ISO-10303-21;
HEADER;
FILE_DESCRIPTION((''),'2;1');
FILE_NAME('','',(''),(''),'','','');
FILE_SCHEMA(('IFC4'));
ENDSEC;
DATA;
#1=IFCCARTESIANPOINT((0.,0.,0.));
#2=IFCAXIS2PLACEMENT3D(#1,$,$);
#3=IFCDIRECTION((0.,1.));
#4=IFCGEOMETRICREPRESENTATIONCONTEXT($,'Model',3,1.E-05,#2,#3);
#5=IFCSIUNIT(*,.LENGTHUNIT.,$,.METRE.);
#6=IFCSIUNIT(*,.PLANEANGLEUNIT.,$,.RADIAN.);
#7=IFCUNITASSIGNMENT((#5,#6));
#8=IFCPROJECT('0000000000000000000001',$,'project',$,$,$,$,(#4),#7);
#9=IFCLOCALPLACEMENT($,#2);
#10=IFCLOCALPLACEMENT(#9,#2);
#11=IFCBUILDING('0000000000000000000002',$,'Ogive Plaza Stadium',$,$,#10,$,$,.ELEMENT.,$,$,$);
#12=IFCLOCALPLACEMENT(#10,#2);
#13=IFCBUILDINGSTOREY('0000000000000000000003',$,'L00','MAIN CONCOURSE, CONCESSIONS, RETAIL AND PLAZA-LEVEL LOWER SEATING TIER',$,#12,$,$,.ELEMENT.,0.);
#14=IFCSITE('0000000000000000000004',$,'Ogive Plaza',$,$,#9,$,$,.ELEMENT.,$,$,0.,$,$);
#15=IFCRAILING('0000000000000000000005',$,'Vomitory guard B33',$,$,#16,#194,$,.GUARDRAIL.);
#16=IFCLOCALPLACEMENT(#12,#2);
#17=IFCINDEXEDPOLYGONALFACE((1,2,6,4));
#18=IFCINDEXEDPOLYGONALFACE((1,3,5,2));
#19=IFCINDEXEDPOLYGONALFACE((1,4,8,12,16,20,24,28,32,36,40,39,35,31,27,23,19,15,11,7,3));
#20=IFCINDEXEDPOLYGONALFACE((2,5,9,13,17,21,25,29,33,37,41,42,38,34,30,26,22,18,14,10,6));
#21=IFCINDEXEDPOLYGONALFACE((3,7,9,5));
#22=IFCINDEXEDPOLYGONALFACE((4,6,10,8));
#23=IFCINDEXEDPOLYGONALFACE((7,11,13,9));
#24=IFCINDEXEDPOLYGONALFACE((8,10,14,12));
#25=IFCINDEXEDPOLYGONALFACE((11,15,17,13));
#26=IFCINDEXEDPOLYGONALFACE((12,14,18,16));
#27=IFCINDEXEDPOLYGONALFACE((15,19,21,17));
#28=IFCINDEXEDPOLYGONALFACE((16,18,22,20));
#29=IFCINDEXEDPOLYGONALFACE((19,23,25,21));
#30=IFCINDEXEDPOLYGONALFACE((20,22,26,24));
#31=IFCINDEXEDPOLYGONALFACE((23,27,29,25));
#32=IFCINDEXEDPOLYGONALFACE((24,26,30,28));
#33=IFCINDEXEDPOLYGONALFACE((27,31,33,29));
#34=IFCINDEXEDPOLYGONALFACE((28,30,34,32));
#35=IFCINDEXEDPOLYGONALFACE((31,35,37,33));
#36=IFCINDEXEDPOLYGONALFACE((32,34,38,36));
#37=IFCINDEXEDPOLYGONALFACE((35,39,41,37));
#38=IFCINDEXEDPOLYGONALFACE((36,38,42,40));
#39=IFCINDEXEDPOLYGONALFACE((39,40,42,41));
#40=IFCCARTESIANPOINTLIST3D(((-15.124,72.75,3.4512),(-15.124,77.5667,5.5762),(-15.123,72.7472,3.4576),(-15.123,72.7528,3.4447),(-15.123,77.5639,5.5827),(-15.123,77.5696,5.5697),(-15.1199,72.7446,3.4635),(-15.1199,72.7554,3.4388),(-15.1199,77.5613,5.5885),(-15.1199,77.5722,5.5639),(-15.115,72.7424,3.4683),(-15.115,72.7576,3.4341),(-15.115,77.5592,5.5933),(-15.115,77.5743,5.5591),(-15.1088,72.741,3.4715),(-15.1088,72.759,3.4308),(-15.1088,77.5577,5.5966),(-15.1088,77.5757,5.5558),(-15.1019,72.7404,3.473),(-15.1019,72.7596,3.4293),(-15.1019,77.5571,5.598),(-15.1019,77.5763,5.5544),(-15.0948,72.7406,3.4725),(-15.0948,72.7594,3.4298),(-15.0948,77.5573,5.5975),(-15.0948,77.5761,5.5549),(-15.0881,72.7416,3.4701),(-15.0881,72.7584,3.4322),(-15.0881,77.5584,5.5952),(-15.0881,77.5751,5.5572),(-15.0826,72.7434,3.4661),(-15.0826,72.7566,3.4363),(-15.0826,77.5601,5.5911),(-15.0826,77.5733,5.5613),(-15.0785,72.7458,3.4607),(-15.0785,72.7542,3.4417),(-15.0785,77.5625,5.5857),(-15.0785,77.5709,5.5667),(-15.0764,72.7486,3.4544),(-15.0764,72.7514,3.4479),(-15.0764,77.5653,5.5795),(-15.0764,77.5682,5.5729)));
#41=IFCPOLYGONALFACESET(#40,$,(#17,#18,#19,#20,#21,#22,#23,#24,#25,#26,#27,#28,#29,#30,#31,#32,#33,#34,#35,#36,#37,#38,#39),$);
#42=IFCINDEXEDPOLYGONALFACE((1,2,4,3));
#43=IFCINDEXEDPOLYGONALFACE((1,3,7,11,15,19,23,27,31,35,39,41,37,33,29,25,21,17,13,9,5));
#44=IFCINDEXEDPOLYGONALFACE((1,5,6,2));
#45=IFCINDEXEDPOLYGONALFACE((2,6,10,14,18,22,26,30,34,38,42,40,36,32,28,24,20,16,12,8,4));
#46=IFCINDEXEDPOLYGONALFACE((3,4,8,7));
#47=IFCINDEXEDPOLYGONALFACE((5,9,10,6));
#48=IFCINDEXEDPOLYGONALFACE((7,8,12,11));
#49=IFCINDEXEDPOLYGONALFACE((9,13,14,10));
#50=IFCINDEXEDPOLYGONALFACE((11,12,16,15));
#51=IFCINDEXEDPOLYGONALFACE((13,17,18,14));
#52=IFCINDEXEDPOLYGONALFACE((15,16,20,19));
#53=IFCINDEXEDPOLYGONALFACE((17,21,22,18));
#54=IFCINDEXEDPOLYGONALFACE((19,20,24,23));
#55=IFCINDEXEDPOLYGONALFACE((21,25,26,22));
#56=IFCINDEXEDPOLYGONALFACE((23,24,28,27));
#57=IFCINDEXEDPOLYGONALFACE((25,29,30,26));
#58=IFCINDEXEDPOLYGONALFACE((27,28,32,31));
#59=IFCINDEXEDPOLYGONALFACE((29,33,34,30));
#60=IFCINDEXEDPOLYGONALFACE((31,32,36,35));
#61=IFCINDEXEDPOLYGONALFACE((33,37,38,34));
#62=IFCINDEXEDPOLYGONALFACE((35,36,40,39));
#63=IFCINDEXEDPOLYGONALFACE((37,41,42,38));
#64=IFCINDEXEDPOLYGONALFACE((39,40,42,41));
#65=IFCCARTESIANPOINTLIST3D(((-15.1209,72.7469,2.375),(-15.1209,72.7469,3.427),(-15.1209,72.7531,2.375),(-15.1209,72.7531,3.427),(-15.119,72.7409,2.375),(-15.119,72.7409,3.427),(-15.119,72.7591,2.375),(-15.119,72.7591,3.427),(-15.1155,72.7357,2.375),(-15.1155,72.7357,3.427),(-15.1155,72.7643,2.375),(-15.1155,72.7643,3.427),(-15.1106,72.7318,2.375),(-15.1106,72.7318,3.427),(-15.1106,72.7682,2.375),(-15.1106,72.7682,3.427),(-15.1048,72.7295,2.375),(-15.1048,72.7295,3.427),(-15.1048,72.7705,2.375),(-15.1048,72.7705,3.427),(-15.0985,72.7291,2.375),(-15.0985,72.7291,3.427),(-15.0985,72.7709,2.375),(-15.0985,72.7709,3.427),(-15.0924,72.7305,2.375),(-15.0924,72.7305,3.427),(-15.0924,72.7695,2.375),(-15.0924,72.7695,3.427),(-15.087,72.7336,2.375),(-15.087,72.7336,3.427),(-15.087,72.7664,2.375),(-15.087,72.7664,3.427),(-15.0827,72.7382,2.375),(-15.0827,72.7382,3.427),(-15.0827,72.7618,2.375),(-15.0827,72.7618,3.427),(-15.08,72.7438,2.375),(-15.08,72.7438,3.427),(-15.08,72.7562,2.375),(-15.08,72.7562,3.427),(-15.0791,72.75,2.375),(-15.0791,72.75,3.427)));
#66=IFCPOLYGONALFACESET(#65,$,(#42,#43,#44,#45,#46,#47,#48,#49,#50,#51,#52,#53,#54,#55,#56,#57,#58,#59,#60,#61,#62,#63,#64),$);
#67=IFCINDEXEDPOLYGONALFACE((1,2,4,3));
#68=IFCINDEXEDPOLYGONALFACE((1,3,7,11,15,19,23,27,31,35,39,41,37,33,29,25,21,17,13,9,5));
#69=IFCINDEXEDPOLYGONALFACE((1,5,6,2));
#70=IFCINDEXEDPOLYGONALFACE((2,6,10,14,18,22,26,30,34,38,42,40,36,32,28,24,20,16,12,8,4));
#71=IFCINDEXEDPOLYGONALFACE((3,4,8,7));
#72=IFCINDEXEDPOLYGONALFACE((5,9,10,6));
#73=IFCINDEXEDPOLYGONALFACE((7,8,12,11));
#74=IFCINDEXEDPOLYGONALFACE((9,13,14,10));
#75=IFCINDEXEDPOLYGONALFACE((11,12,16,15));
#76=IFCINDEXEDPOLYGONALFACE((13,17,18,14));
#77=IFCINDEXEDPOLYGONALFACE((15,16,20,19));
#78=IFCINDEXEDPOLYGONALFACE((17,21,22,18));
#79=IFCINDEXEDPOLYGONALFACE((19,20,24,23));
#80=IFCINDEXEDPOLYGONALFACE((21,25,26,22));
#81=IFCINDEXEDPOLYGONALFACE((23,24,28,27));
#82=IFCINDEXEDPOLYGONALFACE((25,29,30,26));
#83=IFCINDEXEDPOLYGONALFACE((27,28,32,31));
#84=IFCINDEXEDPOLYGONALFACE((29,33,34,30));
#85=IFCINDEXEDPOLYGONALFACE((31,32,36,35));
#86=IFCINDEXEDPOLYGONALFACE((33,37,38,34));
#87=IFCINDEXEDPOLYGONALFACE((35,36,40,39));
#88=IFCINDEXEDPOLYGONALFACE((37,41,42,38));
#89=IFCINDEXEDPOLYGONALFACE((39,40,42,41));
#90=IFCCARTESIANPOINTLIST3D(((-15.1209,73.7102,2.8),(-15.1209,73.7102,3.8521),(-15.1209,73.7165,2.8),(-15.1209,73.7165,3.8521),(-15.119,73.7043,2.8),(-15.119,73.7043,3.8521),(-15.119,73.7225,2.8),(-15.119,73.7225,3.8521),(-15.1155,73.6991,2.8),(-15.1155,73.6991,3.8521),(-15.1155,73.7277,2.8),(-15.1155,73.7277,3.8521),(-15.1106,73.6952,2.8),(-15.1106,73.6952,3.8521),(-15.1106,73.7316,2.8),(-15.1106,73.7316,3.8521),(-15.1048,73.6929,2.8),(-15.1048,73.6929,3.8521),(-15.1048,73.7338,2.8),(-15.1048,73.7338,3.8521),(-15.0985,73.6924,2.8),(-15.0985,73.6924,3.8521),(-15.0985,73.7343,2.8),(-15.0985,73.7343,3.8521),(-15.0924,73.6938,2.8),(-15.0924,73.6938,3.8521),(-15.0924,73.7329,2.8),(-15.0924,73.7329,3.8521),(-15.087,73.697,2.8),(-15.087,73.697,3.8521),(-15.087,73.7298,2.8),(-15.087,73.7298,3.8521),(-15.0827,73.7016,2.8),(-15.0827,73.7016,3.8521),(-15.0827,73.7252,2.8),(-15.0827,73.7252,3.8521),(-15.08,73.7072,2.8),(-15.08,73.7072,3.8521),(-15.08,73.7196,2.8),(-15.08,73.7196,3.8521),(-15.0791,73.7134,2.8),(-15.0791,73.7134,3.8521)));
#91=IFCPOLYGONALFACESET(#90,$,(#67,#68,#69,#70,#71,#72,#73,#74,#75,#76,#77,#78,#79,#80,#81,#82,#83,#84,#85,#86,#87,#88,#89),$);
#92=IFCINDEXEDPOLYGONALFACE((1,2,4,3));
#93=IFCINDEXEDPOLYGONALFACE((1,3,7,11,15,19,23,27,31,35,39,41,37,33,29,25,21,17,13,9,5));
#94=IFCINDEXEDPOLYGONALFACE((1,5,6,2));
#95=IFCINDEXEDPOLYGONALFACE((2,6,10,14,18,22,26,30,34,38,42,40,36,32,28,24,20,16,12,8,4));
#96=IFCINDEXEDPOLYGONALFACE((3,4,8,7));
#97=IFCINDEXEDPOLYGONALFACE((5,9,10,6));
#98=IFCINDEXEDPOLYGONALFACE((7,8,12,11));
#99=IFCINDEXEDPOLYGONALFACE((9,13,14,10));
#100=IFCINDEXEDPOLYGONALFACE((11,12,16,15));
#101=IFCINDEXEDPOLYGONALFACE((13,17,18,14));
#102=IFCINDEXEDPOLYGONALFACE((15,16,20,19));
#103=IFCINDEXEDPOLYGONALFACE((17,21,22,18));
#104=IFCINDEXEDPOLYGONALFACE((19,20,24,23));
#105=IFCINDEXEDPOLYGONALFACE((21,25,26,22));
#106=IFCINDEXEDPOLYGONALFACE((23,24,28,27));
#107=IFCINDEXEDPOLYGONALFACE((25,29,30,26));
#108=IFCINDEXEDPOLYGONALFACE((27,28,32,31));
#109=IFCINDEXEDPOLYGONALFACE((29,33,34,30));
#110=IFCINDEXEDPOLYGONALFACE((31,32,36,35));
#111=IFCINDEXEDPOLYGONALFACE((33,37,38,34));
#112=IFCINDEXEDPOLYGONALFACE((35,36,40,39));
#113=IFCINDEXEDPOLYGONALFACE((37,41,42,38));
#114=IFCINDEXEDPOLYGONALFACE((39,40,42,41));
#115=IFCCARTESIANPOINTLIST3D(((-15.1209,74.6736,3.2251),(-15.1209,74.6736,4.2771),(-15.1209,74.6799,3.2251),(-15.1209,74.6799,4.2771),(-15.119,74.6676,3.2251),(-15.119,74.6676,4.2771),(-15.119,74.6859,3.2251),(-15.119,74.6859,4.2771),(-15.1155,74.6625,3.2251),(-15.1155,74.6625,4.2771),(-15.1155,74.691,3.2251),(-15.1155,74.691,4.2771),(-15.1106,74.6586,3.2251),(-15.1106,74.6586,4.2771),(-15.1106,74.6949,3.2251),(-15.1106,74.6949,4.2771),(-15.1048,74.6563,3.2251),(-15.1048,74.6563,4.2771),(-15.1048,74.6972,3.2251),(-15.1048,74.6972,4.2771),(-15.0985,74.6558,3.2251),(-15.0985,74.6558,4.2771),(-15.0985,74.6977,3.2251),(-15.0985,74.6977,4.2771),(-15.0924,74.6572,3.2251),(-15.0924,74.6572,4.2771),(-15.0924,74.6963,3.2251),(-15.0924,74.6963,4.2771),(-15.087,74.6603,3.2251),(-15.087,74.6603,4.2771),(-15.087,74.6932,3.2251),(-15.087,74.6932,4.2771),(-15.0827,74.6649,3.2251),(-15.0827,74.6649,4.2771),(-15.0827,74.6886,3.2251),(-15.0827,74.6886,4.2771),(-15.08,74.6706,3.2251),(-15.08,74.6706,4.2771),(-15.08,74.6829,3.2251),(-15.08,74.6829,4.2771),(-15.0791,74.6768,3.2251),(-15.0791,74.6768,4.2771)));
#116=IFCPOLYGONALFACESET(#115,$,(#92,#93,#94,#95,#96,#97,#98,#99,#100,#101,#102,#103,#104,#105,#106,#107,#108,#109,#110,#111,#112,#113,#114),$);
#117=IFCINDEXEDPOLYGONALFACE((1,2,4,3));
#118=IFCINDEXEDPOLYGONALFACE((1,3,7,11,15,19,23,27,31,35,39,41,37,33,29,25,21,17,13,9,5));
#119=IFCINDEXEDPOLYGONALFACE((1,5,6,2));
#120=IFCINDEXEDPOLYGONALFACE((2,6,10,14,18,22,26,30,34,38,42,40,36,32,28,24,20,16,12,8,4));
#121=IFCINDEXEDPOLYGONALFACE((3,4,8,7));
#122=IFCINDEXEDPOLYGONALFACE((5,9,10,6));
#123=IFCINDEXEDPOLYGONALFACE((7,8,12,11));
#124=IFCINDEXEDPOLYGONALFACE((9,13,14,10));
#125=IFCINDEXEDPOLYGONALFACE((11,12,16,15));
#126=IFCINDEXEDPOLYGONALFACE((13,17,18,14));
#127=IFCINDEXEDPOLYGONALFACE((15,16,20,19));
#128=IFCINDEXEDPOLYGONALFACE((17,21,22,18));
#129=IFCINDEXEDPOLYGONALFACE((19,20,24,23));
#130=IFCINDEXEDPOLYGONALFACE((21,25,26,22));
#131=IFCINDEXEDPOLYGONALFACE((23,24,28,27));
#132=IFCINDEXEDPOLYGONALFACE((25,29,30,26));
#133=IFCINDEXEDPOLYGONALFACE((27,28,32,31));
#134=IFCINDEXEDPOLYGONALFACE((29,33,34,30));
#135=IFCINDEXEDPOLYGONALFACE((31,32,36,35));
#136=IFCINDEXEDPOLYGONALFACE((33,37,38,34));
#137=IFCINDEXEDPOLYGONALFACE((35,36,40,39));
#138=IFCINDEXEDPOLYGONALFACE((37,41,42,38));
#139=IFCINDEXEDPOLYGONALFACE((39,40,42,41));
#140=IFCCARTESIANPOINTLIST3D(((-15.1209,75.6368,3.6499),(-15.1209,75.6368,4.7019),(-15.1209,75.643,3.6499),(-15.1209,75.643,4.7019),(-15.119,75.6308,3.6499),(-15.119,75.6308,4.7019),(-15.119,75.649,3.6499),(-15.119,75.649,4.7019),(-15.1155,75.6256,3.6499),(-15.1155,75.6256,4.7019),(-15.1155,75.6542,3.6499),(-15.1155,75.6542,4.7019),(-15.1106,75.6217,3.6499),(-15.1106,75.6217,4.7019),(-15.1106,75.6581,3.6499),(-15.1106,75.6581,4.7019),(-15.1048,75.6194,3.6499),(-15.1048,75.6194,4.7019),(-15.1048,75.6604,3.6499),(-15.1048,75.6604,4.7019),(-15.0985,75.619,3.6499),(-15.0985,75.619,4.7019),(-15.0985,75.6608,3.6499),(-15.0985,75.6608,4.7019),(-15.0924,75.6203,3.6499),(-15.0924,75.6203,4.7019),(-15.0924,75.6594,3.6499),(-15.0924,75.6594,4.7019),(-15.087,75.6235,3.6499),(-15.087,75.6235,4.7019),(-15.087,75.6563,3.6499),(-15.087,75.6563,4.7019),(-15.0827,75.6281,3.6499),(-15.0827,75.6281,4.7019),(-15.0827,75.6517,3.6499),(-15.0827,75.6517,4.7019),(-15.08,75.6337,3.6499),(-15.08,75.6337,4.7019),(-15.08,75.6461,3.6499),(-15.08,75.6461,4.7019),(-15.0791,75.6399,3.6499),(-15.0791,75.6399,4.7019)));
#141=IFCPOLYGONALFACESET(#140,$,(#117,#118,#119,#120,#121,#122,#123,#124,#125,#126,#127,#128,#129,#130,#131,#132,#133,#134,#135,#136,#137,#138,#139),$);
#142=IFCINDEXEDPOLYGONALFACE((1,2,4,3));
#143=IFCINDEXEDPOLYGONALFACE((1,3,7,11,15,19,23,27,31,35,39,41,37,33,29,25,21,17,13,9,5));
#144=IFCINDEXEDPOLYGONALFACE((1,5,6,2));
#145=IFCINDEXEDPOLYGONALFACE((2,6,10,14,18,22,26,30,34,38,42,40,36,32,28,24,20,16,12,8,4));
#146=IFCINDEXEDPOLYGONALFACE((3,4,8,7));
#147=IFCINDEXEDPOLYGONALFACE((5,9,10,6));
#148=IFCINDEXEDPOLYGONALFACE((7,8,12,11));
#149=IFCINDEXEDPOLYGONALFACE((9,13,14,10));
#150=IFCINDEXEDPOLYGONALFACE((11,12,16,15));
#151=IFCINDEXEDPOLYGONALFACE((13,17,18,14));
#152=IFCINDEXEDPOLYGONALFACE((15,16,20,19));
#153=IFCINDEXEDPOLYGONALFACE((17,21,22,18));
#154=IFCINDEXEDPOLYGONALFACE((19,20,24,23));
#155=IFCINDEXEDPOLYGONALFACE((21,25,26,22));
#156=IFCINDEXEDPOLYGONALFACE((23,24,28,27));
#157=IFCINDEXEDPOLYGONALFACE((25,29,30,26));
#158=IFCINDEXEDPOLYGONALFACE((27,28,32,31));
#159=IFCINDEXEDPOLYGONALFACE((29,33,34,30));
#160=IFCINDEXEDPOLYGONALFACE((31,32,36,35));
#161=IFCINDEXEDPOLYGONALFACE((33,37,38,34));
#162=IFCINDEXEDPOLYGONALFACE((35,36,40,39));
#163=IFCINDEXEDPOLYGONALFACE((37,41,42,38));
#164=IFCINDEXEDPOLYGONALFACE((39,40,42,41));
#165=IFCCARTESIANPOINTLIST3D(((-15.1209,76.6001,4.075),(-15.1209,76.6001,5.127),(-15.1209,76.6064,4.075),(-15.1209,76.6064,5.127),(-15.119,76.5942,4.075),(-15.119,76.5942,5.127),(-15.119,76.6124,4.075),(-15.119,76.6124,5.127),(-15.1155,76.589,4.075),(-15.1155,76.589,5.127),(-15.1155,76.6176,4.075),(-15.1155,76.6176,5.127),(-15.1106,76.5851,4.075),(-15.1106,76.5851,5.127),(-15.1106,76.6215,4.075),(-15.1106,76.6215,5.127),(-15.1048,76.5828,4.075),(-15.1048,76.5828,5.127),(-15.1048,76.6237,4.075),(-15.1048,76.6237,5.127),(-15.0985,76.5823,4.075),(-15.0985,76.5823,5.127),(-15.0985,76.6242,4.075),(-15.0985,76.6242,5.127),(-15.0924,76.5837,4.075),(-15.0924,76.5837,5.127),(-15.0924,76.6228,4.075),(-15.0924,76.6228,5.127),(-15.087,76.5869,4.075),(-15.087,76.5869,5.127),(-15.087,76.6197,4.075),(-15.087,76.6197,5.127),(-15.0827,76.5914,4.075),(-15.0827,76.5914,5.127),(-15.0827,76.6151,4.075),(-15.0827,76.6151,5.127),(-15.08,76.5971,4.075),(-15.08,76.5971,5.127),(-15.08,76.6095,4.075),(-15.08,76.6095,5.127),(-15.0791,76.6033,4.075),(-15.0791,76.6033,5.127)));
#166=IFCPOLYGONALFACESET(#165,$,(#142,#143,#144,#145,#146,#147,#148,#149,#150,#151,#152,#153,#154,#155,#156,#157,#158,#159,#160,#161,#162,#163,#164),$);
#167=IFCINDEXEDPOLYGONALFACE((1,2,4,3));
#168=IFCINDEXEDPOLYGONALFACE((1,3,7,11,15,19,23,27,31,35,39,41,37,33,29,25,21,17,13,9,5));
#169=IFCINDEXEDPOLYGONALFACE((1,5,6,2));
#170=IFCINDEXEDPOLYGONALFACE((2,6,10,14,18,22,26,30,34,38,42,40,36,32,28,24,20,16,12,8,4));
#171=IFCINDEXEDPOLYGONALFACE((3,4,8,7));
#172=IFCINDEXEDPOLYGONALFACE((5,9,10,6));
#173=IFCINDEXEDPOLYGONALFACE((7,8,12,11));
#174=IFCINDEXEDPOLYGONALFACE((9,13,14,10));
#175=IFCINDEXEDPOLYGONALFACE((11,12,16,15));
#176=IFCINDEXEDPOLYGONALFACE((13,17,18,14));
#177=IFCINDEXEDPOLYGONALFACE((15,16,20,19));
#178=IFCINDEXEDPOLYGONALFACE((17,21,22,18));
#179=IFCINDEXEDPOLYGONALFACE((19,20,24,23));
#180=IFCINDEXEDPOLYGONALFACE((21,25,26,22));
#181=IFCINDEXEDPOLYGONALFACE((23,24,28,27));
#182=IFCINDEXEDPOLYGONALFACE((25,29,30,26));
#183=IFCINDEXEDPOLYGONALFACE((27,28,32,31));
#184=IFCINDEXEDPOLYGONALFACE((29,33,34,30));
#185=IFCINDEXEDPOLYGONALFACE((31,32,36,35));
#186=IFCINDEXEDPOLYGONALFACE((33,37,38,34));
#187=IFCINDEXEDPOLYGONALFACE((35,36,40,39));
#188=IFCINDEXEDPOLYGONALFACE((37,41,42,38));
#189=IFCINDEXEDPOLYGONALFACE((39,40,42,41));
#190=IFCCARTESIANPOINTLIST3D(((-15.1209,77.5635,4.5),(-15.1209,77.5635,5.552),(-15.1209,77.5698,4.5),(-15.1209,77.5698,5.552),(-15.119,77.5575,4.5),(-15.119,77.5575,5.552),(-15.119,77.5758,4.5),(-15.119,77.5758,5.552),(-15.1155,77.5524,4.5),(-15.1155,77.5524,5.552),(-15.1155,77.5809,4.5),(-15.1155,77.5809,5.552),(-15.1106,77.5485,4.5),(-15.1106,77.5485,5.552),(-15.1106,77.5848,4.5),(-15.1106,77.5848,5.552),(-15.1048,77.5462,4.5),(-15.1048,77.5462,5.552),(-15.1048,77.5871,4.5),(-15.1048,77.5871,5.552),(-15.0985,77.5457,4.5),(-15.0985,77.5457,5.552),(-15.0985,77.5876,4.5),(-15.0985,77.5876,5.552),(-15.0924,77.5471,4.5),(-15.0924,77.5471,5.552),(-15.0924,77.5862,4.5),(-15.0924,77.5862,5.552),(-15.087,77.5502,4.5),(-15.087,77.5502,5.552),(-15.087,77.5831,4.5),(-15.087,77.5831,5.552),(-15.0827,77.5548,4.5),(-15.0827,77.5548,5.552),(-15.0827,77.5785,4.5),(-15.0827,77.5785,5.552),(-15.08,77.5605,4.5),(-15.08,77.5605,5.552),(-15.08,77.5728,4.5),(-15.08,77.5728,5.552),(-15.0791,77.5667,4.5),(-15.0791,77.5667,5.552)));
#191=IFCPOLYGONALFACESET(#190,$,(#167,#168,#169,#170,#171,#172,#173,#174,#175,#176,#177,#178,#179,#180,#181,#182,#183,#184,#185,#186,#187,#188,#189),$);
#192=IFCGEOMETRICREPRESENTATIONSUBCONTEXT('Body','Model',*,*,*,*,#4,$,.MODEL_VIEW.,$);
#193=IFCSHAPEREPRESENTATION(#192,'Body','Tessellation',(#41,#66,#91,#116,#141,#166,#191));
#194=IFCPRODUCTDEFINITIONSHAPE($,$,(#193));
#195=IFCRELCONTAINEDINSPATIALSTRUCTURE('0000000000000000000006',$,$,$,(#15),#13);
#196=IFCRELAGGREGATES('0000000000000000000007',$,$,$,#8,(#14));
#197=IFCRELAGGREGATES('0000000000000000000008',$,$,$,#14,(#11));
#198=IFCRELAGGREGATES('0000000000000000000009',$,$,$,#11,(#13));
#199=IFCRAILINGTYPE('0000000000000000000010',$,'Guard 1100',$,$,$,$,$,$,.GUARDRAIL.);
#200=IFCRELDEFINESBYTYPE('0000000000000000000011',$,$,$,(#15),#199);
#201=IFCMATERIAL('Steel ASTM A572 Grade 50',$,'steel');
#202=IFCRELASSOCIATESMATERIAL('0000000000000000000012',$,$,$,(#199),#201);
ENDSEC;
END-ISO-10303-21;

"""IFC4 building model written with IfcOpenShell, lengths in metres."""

from ifc_helpers import new_model, si_unit, direction, frame, origin, origin_2d, place, context, subcontext, project, spatial, circle, extrude, material, type_object, element, save


model = new_model("IFC4")

# Units and contexts
model_context = context("Model", 3, precision=1e-05, world=origin(), true_north=direction((0.0, 1.0)))
body_context = subcontext(model_context, "Body", "Model", "MODEL_VIEW")
ifc_project = project(units=[si_unit("LENGTHUNIT", "METRE"), si_unit("PLANEANGLEUNIT", "RADIAN")], contexts=[model_context])

# Site, building, storey
site_placement = place(None, origin())
site = spatial("IfcSite", under=ifc_project, at=site_placement, Name="Ogive Plaza", CompositionType="ELEMENT", RefElevation=0.0)
building_placement = place(site_placement, origin())
building = spatial("IfcBuilding", under=site, at=building_placement, Name="Ogive Plaza Stadium", CompositionType="ELEMENT")
storey_placement = place(building_placement, origin())
storey = spatial("IfcBuildingStorey", under=building, at=storey_placement, Name="L00", Description="MAIN CONCOURSE, CONCESSIONS, RETAIL AND PLAZA-LEVEL LOWER SEATING TIER", CompositionType="ELEMENT", Elevation=0.0)

# Railing
ifc_material_1 = material(Name="Steel ASTM A572 Grade 50", Category="steel")
railing_type = type_object("IfcRailingType", Name="Guard 1100", PredefinedType="GUARDRAIL", material=ifc_material_1)
for number, where, name in (
    (1, (-15.1001, 72.75, 2.375), "Vomitory guard B33"),
):
    element("IfcRailing", number, at=place(storey_placement, frame(where)), inside=storey, type_object=railing_type, Name=name, PredefinedType="GUARDRAIL", context=body_context, shape_type="SweptSolid", body=[
        extrude(circle(Radius=0.0239, at=origin_2d()), frame((0.0, 0.0, 1.0762), z_axis=(0.0, 0.914917, 0.403641), x_axis=(-1.0, 0.0, 0.0)), (0.0, 0.0, 1.0), 5.2646),
        extrude(circle(Radius=0.021, at=origin_2d()), origin(), (0.0, 0.0, 1.0), 1.052),
        extrude(circle(Radius=0.021, at=origin_2d()), frame((0.0, 0.9634, 0.425)), (0.0, 0.0, 1.0), 1.052),
        extrude(circle(Radius=0.021, at=origin_2d()), frame((0.0, 1.9268, 0.8501)), (0.0, 0.0, 1.0), 1.052),
        extrude(circle(Radius=0.021, at=origin_2d()), frame((0.0, 2.8899, 1.2749)), (0.0, 0.0, 1.0), 1.052),
        extrude(circle(Radius=0.021, at=origin_2d()), frame((0.0, 3.8533, 1.7)), (0.0, 0.0, 1.0), 1.052),
        extrude(circle(Radius=0.021, at=origin_2d()), frame((0.0, 4.8167, 2.125)), (0.0, 0.0, 1.0), 1.052),
    ])

save(model, "model.ifc")
